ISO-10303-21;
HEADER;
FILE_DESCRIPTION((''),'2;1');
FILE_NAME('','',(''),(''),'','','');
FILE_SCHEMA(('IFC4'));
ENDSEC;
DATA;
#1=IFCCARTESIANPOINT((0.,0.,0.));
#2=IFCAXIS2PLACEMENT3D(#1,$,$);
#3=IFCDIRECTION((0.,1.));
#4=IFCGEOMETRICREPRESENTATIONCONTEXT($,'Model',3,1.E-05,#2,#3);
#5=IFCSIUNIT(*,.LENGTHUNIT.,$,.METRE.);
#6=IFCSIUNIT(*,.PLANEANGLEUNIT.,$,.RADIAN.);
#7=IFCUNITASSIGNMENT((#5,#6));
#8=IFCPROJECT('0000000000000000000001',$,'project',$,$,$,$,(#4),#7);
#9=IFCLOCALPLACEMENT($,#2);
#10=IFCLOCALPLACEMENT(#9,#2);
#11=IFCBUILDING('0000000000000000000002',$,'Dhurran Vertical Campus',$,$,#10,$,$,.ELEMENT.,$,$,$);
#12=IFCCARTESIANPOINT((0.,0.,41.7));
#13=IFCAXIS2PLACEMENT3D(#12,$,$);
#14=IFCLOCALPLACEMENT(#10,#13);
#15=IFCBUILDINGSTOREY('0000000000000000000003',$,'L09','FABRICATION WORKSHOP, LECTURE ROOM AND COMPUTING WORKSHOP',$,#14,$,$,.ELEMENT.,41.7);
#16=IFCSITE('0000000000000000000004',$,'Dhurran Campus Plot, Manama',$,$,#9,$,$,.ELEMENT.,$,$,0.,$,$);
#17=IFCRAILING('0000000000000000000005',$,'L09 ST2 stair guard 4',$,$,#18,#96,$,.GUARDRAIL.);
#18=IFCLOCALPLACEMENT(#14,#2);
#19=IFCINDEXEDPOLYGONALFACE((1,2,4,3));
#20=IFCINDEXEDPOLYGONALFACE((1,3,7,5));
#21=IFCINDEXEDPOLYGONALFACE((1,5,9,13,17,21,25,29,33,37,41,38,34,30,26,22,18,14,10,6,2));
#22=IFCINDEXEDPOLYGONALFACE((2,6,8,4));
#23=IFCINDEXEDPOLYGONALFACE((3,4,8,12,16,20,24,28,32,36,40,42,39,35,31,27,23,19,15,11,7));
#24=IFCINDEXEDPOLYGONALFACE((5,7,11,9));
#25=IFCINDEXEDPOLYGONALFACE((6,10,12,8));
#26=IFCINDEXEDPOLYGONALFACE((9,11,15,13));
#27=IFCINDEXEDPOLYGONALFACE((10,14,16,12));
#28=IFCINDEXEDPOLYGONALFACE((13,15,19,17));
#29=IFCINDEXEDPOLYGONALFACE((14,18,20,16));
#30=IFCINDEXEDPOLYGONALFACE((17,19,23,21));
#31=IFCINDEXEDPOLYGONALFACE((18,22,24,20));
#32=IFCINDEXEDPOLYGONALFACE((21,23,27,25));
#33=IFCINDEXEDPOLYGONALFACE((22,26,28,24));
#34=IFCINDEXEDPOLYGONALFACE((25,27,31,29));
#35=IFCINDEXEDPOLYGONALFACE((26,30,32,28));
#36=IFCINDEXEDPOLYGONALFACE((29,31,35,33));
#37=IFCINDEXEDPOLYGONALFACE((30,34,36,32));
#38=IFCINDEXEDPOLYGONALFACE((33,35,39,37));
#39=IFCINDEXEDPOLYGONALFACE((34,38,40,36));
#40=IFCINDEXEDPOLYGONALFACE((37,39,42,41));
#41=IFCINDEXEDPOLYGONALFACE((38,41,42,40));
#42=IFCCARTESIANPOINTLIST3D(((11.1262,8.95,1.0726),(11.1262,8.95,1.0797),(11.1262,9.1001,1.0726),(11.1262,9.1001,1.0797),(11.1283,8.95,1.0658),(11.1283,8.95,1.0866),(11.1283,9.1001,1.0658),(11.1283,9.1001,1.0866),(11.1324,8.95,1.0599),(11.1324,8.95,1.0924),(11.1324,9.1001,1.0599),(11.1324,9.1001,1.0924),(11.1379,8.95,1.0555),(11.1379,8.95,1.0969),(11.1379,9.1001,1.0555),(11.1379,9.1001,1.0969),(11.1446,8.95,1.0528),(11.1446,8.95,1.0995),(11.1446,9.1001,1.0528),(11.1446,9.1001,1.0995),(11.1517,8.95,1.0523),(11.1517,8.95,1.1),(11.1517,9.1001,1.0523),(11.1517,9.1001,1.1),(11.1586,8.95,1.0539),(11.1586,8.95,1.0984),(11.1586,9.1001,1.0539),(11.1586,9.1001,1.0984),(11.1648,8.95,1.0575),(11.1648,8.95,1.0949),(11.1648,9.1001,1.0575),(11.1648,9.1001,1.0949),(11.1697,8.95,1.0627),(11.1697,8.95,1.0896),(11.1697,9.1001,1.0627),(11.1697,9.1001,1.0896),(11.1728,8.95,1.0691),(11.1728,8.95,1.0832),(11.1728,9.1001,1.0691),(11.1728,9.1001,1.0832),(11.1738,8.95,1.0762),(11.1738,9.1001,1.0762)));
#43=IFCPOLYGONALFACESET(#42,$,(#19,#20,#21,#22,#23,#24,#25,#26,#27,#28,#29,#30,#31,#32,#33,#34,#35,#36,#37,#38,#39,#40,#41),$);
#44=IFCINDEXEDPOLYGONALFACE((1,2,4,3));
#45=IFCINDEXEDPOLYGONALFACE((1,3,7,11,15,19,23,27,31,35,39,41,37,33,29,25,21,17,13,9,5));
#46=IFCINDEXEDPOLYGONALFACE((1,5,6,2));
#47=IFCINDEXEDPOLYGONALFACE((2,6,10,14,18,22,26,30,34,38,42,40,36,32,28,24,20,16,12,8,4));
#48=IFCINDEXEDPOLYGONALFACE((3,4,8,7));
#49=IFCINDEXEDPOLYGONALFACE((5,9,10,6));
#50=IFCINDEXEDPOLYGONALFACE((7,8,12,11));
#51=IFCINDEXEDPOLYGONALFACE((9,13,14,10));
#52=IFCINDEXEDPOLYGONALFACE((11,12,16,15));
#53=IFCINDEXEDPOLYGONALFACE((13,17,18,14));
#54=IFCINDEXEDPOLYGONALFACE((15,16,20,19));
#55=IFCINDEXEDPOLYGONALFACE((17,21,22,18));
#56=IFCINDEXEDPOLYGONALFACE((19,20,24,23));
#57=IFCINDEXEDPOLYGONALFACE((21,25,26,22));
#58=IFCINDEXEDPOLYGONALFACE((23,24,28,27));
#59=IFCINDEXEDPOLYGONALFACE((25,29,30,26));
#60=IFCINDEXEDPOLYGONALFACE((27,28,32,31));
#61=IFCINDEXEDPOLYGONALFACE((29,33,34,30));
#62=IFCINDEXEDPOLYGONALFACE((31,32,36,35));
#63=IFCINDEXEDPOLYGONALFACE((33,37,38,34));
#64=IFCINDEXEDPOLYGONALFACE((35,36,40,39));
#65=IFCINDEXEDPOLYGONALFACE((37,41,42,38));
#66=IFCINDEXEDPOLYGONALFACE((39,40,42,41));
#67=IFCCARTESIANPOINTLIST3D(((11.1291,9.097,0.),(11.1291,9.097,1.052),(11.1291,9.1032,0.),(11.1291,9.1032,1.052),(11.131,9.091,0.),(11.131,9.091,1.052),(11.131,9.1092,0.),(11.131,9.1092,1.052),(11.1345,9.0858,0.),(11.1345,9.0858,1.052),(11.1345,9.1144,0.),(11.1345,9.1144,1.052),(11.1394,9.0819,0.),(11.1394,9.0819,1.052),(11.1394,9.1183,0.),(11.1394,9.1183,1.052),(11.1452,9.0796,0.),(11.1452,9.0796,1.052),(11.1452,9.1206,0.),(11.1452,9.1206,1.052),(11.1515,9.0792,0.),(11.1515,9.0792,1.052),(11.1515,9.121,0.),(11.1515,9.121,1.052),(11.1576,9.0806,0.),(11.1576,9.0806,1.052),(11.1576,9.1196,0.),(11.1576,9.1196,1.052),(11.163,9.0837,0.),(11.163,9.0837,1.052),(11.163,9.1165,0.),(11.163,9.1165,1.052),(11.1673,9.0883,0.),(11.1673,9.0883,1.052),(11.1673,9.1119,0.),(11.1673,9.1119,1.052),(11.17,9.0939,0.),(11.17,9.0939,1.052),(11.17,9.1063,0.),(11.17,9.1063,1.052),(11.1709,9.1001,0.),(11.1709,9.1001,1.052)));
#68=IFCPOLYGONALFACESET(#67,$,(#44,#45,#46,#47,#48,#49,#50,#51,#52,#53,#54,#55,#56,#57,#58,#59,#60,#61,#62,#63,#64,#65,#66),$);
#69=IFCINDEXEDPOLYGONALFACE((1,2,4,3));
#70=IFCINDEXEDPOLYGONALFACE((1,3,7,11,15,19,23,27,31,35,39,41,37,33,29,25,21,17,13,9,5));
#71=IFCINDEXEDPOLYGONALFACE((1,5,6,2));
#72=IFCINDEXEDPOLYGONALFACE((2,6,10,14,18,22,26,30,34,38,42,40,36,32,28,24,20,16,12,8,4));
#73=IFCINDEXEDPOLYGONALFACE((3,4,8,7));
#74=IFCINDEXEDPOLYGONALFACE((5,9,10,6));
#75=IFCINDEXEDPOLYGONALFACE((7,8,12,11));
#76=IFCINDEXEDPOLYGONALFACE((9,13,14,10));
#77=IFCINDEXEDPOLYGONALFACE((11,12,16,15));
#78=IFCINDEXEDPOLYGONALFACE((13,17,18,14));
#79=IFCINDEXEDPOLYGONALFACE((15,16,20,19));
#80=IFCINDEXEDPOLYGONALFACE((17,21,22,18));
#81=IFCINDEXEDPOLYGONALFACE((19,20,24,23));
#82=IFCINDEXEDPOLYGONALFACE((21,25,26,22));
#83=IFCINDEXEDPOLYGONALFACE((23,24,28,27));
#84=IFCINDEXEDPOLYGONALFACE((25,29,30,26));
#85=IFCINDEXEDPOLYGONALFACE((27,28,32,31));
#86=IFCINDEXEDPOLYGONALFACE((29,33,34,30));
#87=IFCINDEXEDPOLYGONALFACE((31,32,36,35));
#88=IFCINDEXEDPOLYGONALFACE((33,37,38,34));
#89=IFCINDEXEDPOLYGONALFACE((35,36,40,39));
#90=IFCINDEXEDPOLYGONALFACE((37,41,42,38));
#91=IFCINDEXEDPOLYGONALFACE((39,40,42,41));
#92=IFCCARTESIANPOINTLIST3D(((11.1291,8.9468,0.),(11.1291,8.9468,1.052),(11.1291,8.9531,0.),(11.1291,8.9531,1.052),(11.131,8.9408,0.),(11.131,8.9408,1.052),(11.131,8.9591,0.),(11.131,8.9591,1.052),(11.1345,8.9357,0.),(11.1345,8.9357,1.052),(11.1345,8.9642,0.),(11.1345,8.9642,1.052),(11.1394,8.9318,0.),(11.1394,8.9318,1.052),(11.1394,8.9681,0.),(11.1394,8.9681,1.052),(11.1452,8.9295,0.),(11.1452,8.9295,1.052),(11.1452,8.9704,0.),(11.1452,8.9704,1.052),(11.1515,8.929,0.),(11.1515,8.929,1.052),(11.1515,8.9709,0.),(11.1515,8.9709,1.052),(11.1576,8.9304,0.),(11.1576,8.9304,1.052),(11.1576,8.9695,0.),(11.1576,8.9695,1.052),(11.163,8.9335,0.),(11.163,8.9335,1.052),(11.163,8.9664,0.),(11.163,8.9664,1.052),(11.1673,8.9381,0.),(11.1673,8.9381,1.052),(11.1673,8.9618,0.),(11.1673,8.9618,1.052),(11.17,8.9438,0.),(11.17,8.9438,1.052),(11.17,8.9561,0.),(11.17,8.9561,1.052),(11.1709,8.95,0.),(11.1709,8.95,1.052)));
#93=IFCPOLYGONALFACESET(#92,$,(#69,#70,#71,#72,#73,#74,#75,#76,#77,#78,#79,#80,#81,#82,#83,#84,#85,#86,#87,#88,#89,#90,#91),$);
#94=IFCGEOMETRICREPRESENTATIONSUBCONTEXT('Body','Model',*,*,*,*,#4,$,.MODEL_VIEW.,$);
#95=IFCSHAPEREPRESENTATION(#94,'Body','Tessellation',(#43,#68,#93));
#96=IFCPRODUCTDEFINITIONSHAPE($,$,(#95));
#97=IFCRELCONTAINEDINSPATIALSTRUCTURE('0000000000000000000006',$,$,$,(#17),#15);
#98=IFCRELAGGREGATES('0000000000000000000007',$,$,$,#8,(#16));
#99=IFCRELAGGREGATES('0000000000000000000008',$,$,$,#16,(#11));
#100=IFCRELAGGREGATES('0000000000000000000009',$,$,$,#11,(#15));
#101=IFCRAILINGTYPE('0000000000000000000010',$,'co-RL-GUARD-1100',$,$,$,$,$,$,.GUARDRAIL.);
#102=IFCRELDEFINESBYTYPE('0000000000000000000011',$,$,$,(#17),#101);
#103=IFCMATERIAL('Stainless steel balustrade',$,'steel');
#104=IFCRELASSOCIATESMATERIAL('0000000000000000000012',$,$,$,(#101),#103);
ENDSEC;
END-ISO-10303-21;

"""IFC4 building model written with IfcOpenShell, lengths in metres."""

from ifc_helpers import new_model, si_unit, direction, frame, origin, origin_2d, place, context, subcontext, project, spatial, circle, extrude, material, type_object, element, save


model = new_model("IFC4")

# Units and contexts
model_context = context("Model", 3, precision=1e-05, world=origin(), true_north=direction((0.0, 1.0)))
body_context = subcontext(model_context, "Body", "Model", "MODEL_VIEW")
ifc_project = project(units=[si_unit("LENGTHUNIT", "METRE"), si_unit("PLANEANGLEUNIT", "RADIAN")], contexts=[model_context])

# Site, building, storey
site_placement = place(None, origin())
site = spatial("IfcSite", under=ifc_project, at=site_placement, Name="Dhurran Campus Plot, Manama", CompositionType="ELEMENT", RefElevation=0.0)
building_placement = place(site_placement, origin())
building = spatial("IfcBuilding", under=site, at=building_placement, Name="Dhurran Vertical Campus", CompositionType="ELEMENT")
storey_placement = place(building_placement, frame((0.0, 0.0, 41.7)))
storey = spatial("IfcBuildingStorey", under=building, at=storey_placement, Name="L09", Description="FABRICATION WORKSHOP, LECTURE ROOM AND COMPUTING WORKSHOP", CompositionType="ELEMENT", Elevation=41.7)

# Railing
ifc_material_1 = material(Name="Stainless steel balustrade", Category="steel")
railing_type_1 = type_object("IfcRailingType", Name="co-RL-GUARD-1100", PredefinedType="GUARDRAIL", material=ifc_material_1)
railing_1_placement = place(storey_placement, frame((11.1499, 9.1001, 0.0)))
element("IfcRailing", 1, at=railing_1_placement, inside=storey, type_object=railing_type_1, Name="L09 ST2 stair guard 4", PredefinedType="GUARDRAIL", context=body_context, shape_type="SweptSolid", body=[
    extrude(circle(Radius=0.0239, at=origin_2d()), frame((0.0, 0.0, 1.0762), z_axis=(0.0, -1.0, 0.0), x_axis=(1.0, 0.0, 0.0)), (0.0, 0.0, 1.0), 0.1501),
    extrude(circle(Radius=0.021, at=origin_2d()), origin(), (0.0, 0.0, 1.0), 1.052),
    extrude(circle(Radius=0.021, at=origin_2d()), frame((0.0, -0.1501, 0.0)), (0.0, 0.0, 1.0), 1.052),
])

save(model, "model.ifc")
